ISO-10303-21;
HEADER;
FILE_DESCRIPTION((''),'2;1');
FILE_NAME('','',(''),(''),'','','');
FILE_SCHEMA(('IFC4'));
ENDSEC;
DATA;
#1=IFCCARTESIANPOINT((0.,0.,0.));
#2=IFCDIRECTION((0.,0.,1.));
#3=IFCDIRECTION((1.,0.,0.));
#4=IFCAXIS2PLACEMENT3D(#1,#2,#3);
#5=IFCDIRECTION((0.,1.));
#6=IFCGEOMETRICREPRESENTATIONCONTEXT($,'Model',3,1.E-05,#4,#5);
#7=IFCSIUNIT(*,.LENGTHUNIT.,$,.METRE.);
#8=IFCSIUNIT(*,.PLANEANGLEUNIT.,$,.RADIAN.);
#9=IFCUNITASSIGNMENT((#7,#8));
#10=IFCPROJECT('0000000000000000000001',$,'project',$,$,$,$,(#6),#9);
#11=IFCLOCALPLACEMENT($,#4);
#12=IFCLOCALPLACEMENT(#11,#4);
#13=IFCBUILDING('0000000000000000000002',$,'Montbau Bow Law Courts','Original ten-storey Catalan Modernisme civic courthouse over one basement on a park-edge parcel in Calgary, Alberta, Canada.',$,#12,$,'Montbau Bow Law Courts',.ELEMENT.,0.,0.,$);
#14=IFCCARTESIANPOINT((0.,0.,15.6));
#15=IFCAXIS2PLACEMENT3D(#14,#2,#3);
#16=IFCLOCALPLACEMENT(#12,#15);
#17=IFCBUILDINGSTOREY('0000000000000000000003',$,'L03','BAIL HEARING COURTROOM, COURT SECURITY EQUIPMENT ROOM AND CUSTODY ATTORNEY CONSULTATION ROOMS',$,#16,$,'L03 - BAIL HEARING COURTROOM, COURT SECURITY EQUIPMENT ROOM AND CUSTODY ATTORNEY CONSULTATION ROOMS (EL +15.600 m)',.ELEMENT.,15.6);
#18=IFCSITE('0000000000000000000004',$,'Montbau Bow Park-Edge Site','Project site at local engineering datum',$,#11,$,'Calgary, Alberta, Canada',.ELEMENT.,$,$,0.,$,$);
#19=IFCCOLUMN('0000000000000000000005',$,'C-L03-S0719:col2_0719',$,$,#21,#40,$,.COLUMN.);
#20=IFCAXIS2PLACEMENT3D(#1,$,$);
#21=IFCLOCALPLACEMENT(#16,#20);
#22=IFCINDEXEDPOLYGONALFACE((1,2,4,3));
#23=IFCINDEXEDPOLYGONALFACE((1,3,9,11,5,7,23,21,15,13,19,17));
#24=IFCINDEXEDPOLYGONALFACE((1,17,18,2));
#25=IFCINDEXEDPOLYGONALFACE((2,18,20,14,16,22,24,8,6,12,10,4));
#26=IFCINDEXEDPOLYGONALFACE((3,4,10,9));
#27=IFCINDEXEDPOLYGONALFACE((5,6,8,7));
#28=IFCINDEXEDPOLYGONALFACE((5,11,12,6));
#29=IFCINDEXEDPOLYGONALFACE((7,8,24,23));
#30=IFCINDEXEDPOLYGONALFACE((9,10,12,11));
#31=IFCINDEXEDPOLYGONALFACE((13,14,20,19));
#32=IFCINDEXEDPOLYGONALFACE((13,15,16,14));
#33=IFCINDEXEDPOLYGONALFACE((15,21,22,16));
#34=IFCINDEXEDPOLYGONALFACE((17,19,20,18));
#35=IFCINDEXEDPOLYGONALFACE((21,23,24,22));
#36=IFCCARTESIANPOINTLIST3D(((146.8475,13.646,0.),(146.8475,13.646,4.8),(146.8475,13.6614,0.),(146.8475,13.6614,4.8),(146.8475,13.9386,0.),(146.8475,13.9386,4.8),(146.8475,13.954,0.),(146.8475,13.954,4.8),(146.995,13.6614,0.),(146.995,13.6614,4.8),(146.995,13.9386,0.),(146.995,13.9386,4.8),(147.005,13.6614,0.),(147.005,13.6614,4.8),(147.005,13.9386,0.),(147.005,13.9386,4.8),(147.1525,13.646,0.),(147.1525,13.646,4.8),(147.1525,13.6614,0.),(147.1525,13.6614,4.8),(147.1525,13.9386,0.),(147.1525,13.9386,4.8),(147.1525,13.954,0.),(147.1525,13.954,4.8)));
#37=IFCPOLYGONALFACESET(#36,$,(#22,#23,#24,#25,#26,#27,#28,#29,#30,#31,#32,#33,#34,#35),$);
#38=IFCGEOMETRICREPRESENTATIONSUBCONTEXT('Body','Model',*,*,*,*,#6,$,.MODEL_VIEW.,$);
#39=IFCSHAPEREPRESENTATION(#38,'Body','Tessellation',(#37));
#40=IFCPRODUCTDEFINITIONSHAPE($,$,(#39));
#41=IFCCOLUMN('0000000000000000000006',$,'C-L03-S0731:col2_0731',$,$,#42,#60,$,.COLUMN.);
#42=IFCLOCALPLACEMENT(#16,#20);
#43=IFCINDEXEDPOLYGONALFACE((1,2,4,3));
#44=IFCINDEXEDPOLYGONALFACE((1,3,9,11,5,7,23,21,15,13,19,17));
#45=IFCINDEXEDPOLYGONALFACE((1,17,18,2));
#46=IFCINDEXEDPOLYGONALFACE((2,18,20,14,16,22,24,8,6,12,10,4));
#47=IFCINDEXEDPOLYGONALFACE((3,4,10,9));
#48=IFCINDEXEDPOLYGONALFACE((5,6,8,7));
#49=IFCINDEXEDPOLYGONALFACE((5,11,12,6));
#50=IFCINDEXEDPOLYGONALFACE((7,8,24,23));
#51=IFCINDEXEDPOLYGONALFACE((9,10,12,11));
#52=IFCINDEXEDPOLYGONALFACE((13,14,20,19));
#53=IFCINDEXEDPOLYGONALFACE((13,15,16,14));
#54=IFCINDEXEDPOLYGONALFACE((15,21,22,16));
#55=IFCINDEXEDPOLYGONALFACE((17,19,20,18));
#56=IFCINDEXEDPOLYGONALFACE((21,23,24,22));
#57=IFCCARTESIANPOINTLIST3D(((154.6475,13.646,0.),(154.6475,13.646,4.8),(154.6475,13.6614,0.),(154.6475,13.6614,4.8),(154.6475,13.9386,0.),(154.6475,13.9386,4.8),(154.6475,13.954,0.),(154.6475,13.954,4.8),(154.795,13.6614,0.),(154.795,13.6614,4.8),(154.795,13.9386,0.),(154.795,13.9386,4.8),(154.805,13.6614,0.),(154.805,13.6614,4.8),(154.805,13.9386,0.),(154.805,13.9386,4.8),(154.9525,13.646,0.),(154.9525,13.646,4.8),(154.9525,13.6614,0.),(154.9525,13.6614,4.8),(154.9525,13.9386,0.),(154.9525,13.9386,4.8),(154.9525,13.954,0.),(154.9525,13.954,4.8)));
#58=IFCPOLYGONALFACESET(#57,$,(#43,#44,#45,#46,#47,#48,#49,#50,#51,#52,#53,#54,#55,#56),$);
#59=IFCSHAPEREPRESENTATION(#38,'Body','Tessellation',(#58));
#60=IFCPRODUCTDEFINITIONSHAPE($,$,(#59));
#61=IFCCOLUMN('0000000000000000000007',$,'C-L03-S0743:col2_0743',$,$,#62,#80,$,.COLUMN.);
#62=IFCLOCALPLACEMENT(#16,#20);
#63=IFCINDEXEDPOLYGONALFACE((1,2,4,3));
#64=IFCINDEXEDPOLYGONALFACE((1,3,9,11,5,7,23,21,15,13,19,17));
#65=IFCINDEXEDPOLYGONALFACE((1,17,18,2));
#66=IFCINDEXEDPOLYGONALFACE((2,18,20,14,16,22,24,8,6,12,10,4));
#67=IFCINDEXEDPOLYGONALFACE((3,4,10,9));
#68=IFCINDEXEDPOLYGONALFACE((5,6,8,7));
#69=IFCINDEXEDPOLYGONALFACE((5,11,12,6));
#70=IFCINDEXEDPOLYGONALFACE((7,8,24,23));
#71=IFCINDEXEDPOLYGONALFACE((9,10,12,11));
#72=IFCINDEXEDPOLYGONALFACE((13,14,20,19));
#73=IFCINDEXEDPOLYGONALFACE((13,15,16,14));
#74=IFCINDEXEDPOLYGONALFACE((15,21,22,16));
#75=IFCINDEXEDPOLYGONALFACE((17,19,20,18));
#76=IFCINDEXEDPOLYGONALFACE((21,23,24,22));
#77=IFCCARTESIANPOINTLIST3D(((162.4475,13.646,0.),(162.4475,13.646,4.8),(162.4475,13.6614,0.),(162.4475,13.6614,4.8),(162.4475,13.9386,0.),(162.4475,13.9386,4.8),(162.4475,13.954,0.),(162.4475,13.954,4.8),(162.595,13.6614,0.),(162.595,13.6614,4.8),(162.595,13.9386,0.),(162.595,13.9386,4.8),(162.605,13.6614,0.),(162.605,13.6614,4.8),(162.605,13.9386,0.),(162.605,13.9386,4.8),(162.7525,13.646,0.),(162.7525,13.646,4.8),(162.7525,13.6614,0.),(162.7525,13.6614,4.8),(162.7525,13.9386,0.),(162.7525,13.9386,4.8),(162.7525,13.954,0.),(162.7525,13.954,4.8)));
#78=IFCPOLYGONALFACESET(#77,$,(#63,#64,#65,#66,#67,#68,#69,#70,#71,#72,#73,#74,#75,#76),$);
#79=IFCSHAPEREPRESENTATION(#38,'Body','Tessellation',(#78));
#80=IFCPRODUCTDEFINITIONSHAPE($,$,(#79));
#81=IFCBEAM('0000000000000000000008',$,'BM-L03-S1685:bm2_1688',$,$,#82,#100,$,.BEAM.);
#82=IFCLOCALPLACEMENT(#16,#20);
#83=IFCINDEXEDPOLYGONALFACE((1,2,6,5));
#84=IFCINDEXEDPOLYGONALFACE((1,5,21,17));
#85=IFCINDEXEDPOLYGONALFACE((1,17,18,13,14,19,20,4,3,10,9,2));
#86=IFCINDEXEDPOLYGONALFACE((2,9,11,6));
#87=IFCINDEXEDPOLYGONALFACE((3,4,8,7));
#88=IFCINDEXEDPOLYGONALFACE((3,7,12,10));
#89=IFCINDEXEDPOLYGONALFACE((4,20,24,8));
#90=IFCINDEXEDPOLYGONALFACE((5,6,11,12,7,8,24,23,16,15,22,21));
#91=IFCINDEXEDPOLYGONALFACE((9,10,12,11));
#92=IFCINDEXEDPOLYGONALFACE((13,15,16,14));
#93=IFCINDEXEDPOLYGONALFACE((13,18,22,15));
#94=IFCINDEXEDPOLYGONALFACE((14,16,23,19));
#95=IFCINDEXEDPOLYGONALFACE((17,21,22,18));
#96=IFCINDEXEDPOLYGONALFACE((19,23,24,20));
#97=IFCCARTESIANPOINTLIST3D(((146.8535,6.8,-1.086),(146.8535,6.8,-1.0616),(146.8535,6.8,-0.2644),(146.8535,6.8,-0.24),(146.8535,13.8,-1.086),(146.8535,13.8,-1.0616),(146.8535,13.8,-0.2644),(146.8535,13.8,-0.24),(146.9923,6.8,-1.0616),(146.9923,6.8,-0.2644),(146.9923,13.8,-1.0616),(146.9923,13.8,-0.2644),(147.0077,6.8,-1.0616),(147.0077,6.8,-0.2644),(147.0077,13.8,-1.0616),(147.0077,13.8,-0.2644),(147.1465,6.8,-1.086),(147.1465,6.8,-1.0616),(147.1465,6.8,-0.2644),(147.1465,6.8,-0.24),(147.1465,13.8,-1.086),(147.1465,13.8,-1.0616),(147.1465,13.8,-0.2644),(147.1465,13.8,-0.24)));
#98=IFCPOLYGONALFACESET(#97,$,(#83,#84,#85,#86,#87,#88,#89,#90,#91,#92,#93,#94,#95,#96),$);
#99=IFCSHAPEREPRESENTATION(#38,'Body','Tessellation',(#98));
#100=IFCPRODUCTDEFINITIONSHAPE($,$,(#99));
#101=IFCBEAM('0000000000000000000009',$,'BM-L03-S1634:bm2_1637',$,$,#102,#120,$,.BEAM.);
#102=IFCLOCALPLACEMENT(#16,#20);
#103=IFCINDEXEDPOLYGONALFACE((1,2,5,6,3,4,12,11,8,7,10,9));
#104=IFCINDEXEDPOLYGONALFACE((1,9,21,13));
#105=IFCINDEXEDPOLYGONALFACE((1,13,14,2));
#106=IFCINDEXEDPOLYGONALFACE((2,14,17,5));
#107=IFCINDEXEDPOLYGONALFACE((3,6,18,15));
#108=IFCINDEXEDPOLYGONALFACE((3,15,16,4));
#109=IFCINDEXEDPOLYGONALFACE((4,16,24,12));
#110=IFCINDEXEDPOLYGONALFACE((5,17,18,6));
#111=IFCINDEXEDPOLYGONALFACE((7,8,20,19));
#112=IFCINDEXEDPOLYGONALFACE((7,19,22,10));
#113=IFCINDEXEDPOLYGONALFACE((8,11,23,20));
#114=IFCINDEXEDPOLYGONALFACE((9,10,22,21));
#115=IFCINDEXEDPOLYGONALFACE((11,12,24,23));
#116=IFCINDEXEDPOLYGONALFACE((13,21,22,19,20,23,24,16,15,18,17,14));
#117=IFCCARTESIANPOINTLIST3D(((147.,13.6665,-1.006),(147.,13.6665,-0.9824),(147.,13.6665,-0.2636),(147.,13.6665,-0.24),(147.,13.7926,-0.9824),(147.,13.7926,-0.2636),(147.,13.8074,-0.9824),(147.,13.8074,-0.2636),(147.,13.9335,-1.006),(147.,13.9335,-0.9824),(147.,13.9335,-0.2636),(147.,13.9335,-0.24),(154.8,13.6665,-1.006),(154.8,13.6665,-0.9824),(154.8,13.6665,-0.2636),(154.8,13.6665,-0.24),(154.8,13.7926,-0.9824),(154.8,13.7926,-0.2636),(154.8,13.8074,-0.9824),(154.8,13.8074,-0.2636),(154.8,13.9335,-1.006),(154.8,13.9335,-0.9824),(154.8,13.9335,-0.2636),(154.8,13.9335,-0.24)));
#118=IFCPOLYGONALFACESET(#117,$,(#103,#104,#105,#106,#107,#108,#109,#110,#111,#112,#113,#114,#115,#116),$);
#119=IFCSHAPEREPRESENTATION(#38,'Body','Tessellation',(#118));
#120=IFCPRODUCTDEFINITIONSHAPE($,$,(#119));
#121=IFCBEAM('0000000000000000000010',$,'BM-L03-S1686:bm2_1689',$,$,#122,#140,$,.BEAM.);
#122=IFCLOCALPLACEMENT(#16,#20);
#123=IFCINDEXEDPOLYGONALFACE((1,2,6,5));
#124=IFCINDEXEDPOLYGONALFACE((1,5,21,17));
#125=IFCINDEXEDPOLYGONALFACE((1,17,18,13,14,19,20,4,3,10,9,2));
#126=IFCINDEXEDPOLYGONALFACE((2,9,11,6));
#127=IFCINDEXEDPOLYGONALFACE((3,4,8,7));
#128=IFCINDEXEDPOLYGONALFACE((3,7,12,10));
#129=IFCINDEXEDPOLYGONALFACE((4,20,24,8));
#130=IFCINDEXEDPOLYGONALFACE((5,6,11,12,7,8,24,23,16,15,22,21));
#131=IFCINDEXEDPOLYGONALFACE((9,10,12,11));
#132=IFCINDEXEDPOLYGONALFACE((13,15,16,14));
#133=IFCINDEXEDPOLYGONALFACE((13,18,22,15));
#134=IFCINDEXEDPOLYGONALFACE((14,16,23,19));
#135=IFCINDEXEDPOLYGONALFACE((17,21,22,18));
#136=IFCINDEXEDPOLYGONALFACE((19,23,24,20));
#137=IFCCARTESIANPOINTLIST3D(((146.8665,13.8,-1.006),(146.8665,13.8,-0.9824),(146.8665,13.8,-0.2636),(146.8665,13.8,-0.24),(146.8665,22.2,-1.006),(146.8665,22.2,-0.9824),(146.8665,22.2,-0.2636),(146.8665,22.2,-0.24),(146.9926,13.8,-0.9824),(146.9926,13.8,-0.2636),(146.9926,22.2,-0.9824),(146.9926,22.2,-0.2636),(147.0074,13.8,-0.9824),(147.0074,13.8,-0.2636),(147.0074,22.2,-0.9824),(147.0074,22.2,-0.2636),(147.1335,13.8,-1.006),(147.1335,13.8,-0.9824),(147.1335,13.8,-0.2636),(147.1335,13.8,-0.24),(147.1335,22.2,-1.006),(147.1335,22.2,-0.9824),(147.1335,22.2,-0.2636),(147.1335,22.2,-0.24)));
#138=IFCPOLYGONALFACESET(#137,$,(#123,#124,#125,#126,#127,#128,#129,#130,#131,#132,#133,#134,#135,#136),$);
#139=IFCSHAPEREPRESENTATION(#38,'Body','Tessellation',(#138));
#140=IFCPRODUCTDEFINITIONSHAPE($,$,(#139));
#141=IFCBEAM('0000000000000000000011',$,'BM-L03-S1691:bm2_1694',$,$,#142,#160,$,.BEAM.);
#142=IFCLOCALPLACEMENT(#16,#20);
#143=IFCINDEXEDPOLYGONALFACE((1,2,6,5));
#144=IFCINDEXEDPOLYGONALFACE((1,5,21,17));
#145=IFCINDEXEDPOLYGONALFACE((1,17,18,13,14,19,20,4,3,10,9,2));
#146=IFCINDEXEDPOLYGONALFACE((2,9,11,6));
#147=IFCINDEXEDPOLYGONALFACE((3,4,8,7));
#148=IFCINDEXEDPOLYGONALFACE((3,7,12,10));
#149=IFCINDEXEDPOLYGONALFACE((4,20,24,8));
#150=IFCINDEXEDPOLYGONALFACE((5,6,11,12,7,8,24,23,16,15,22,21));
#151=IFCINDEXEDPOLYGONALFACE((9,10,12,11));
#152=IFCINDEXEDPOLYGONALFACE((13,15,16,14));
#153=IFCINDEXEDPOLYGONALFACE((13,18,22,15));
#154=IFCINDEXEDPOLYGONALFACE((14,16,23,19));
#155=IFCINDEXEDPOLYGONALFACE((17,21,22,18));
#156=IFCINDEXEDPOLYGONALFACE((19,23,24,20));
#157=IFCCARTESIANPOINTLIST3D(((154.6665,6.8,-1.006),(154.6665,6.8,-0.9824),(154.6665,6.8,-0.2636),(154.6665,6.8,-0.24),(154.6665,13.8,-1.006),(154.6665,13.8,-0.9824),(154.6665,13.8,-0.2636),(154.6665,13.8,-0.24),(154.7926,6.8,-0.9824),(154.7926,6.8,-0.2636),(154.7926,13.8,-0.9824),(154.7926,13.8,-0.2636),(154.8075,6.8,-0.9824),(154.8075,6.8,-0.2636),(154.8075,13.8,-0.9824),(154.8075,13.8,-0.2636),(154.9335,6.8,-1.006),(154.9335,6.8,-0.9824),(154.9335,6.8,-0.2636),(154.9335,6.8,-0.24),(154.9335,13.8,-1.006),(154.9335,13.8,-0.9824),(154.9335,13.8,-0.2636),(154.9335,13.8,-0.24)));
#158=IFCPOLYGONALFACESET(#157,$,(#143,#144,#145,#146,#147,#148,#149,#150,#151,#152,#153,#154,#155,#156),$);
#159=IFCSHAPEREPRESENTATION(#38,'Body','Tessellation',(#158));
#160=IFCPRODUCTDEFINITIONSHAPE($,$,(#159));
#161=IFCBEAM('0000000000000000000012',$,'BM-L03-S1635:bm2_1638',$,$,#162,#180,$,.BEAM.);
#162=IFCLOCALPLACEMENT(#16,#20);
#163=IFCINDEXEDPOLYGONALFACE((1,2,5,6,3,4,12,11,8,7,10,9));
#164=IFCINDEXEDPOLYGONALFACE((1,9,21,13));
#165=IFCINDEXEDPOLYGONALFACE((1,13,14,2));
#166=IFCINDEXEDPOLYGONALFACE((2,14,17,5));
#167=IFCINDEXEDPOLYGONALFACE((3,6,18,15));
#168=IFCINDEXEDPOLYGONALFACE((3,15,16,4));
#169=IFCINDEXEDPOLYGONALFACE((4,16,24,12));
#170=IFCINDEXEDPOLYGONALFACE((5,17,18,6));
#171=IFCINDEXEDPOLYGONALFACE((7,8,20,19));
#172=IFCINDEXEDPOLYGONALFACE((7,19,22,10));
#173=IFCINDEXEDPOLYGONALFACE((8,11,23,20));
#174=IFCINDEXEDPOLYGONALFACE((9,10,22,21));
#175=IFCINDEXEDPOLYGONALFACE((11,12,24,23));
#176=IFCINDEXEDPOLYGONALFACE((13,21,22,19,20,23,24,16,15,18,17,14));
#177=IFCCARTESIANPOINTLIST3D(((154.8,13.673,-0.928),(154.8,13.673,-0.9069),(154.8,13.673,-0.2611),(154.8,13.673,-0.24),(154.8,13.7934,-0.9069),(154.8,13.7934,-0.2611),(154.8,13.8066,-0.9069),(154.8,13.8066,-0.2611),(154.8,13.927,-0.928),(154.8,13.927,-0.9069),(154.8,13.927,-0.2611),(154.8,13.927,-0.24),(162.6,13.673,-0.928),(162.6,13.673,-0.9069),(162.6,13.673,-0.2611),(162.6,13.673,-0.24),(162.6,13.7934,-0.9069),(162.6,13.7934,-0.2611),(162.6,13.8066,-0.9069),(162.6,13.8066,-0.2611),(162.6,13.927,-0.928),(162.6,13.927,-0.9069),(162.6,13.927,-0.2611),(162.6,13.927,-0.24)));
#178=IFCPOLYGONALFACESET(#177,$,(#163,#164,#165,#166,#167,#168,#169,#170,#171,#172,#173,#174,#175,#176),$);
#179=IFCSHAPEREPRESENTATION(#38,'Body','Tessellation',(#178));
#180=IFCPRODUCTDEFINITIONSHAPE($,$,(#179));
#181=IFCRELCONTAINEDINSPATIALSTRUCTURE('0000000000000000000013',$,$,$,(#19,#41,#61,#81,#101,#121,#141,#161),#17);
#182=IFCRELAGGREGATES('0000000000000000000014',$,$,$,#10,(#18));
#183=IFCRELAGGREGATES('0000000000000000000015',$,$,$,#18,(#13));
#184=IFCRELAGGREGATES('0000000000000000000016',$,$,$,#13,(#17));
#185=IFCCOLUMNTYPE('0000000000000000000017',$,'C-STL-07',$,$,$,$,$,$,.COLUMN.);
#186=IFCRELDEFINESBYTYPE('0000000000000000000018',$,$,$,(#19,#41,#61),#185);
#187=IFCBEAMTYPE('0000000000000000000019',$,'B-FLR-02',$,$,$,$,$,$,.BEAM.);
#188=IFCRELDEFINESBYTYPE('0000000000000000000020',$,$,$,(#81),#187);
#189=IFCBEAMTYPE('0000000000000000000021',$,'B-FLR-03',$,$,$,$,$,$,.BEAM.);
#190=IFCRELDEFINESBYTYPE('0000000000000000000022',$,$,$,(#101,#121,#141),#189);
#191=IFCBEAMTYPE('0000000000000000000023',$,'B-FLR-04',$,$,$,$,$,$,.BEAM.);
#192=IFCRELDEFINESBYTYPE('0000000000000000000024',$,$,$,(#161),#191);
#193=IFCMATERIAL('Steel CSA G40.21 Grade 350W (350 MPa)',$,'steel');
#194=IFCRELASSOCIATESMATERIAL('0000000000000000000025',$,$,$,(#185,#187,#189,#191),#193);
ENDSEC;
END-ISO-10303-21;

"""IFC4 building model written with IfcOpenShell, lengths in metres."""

from ifc_helpers import new_model, si_unit, direction, frame, origin_with_axes, origin_2d_with_axis, place, context, subcontext, project, spatial, i_section, extrude, material, material_profile, profile_set, type_object, element, save


model = new_model("IFC4")

# Units and contexts
model_context = context("Model", 3, precision=1e-05, world=origin_with_axes(), true_north=direction((0.0, 1.0)))
body_context = subcontext(model_context, "Body", "Model", "MODEL_VIEW")
ifc_project = project(units=[si_unit("LENGTHUNIT", "METRE"), si_unit("PLANEANGLEUNIT", "RADIAN")], contexts=[model_context])

# Site, building, storey
site_placement = place(None, origin_with_axes())
site = spatial("IfcSite", under=ifc_project, at=site_placement, Name="Montbau Bow Park-Edge Site", Description="Project site at local engineering datum", LongName="Calgary, Alberta, Canada", CompositionType="ELEMENT", RefElevation=0.0)
building_placement = place(site_placement, origin_with_axes())
building = spatial("IfcBuilding", under=site, at=building_placement, Name="Montbau Bow Law Courts", Description="Original ten-storey Catalan Modernisme civic courthouse over one basement on a park-edge parcel in Calgary, Alberta, Canada.", LongName="Montbau Bow Law Courts", CompositionType="ELEMENT", ElevationOfRefHeight=0.0, ElevationOfTerrain=0.0)
storey_placement = place(building_placement, frame((0.0, 0.0, 15.6), z_axis=(0.0, 0.0, 1.0), x_axis=(1.0, 0.0, 0.0)))
storey = spatial("IfcBuildingStorey", under=building, at=storey_placement, Name="L03", Description="BAIL HEARING COURTROOM, COURT SECURITY EQUIPMENT ROOM AND CUSTODY ATTORNEY CONSULTATION ROOMS", LongName="L03 - BAIL HEARING COURTROOM, COURT SECURITY EQUIPMENT ROOM AND CUSTODY ATTORNEY CONSULTATION ROOMS (EL +15.600 m)", CompositionType="ELEMENT", Elevation=15.6)

# Columns
ifc_material_1 = material(Name="Steel CSA G40.21 Grade 350W (350 MPa)", Category="steel")
ifc_material_profile_1 = material_profile(ifc_material_1, i_section(OverallWidth=0.305, OverallDepth=0.308, WebThickness=0.0099, FlangeThickness=0.0154, at=origin_2d_with_axis()), Name="W310X97", Category="Main", Priority=0)
ifc_profile_set_1 = profile_set([ifc_material_profile_1], Name="Steel CSA G40.21 Grade 350W (350 MPa)")
column_type_1 = type_object("IfcColumnType", Name="C-STL-07", PredefinedType="COLUMN", material=ifc_profile_set_1)
for number, where, z_axis, x_axis, name in (
    (1, (147.0, 13.8, 15.6), (0.0, 0.0, 1.0), (1.0, 0.0, 0.0), "C-L03-S0719:col2_0719"),
    (2, (154.8, 13.8, 15.6), (0.0, 0.0, 1.0), (1.0, 0.0, 0.0), "C-L03-S0731:col2_0731"),
    (3, (162.6, 13.8, 15.6), (0.0, 0.0, 1.0), (1.0, 0.0, 0.0), "C-L03-S0743:col2_0743"),
):
    element("IfcColumn", number, at=place(None, frame(where, z_axis=z_axis, x_axis=x_axis)), inside=storey, type_object=column_type_1, Name=name, PredefinedType="COLUMN", context=body_context, shape_type="SweptSolid", body=[
        extrude(i_section(OverallWidth=0.305, OverallDepth=0.308, WebThickness=0.0099, FlangeThickness=0.0154, at=origin_2d_with_axis()), origin_with_axes(), (0.0, 0.0, 1.0), 4.8),
    ])

# Beams
ifc_material_profile_2 = material_profile(ifc_material_1, i_section(OverallWidth=0.293, OverallDepth=0.846, WebThickness=0.0154, FlangeThickness=0.0244, at=origin_2d_with_axis()), Name="W840X210", Category="Main", Priority=0)
ifc_profile_set_2 = profile_set([ifc_material_profile_2], Name="Steel CSA G40.21 Grade 350W (350 MPa)")
beam_type_1 = type_object("IfcBeamType", Name="B-FLR-02", PredefinedType="BEAM", material=ifc_profile_set_2)
beam_1_placement = place(None, frame((147.0, 6.8, 14.937), z_axis=(0.0, 1.0, 0.0), x_axis=(-1.0, 0.0, 0.0)))
element("IfcBeam", 4, at=beam_1_placement, inside=storey, type_object=beam_type_1, Name="BM-L03-S1685:bm2_1688", PredefinedType="BEAM", context=body_context, shape_type="SweptSolid", body=[
    extrude(i_section(OverallWidth=0.293, OverallDepth=0.846, WebThickness=0.0154, FlangeThickness=0.0244, at=origin_2d_with_axis()), origin_with_axes(), (0.0, 0.0, 1.0), 7.0),
])
ifc_material_profile_3 = material_profile(ifc_material_1, i_section(OverallWidth=0.267, OverallDepth=0.766, WebThickness=0.0149, FlangeThickness=0.0236, at=origin_2d_with_axis()), Name="W760X185", Category="Main", Priority=0)
ifc_profile_set_3 = profile_set([ifc_material_profile_3], Name="Steel CSA G40.21 Grade 350W (350 MPa)")
beam_type_2 = type_object("IfcBeamType", Name="B-FLR-03", PredefinedType="BEAM", material=ifc_profile_set_3)
beam_2_placement = place(None, frame((147.0, 13.8, 14.977), z_axis=(1.0, 0.0, 0.0), x_axis=(0.0, 1.0, 0.0)))
element("IfcBeam", 5, at=beam_2_placement, inside=storey, type_object=beam_type_2, Name="BM-L03-S1634:bm2_1637", PredefinedType="BEAM", context=body_context, shape_type="SweptSolid", body=[
    extrude(i_section(OverallWidth=0.267, OverallDepth=0.766, WebThickness=0.0149, FlangeThickness=0.0236, at=origin_2d_with_axis()), origin_with_axes(), (0.0, 0.0, 1.0), 7.8),
])
beam_3_placement = place(None, frame((147.0, 13.8, 14.977), z_axis=(0.0, 1.0, 0.0), x_axis=(-1.0, 0.0, 0.0)))
element("IfcBeam", 6, at=beam_3_placement, inside=storey, type_object=beam_type_2, Name="BM-L03-S1686:bm2_1689", PredefinedType="BEAM", context=body_context, shape_type="SweptSolid", body=[
    extrude(i_section(OverallWidth=0.267, OverallDepth=0.766, WebThickness=0.0149, FlangeThickness=0.0236, at=origin_2d_with_axis()), origin_with_axes(), (0.0, 0.0, 1.0), 8.4),
])
beam_4_placement = place(None, frame((154.8, 6.8, 14.977), z_axis=(0.0, 1.0, 0.0), x_axis=(-1.0, 0.0, 0.0)))
element("IfcBeam", 7, at=beam_4_placement, inside=storey, type_object=beam_type_2, Name="BM-L03-S1691:bm2_1694", PredefinedType="BEAM", context=body_context, shape_type="SweptSolid", body=[
    extrude(i_section(OverallWidth=0.267, OverallDepth=0.766, WebThickness=0.0149, FlangeThickness=0.0236, at=origin_2d_with_axis()), origin_with_axes(), (0.0, 0.0, 1.0), 7.0),
])
ifc_material_profile_4 = material_profile(ifc_material_1, i_section(OverallWidth=0.254, OverallDepth=0.688, WebThickness=0.0131, FlangeThickness=0.0211, at=origin_2d_with_axis()), Name="W690X152", Category="Main", Priority=0)
ifc_profile_set_4 = profile_set([ifc_material_profile_4], Name="Steel CSA G40.21 Grade 350W (350 MPa)")
beam_type_3 = type_object("IfcBeamType", Name="B-FLR-04", PredefinedType="BEAM", material=ifc_profile_set_4)
beam_5_placement = place(None, frame((154.8, 13.8, 15.016), z_axis=(1.0, 0.0, 0.0), x_axis=(0.0, 1.0, 0.0)))
element("IfcBeam", 8, at=beam_5_placement, inside=storey, type_object=beam_type_3, Name="BM-L03-S1635:bm2_1638", PredefinedType="BEAM", context=body_context, shape_type="SweptSolid", body=[
    extrude(i_section(OverallWidth=0.254, OverallDepth=0.688, WebThickness=0.0131, FlangeThickness=0.0211, at=origin_2d_with_axis()), origin_with_axes(), (0.0, 0.0, 1.0), 7.8),
])

save(model, "model.ifc")
